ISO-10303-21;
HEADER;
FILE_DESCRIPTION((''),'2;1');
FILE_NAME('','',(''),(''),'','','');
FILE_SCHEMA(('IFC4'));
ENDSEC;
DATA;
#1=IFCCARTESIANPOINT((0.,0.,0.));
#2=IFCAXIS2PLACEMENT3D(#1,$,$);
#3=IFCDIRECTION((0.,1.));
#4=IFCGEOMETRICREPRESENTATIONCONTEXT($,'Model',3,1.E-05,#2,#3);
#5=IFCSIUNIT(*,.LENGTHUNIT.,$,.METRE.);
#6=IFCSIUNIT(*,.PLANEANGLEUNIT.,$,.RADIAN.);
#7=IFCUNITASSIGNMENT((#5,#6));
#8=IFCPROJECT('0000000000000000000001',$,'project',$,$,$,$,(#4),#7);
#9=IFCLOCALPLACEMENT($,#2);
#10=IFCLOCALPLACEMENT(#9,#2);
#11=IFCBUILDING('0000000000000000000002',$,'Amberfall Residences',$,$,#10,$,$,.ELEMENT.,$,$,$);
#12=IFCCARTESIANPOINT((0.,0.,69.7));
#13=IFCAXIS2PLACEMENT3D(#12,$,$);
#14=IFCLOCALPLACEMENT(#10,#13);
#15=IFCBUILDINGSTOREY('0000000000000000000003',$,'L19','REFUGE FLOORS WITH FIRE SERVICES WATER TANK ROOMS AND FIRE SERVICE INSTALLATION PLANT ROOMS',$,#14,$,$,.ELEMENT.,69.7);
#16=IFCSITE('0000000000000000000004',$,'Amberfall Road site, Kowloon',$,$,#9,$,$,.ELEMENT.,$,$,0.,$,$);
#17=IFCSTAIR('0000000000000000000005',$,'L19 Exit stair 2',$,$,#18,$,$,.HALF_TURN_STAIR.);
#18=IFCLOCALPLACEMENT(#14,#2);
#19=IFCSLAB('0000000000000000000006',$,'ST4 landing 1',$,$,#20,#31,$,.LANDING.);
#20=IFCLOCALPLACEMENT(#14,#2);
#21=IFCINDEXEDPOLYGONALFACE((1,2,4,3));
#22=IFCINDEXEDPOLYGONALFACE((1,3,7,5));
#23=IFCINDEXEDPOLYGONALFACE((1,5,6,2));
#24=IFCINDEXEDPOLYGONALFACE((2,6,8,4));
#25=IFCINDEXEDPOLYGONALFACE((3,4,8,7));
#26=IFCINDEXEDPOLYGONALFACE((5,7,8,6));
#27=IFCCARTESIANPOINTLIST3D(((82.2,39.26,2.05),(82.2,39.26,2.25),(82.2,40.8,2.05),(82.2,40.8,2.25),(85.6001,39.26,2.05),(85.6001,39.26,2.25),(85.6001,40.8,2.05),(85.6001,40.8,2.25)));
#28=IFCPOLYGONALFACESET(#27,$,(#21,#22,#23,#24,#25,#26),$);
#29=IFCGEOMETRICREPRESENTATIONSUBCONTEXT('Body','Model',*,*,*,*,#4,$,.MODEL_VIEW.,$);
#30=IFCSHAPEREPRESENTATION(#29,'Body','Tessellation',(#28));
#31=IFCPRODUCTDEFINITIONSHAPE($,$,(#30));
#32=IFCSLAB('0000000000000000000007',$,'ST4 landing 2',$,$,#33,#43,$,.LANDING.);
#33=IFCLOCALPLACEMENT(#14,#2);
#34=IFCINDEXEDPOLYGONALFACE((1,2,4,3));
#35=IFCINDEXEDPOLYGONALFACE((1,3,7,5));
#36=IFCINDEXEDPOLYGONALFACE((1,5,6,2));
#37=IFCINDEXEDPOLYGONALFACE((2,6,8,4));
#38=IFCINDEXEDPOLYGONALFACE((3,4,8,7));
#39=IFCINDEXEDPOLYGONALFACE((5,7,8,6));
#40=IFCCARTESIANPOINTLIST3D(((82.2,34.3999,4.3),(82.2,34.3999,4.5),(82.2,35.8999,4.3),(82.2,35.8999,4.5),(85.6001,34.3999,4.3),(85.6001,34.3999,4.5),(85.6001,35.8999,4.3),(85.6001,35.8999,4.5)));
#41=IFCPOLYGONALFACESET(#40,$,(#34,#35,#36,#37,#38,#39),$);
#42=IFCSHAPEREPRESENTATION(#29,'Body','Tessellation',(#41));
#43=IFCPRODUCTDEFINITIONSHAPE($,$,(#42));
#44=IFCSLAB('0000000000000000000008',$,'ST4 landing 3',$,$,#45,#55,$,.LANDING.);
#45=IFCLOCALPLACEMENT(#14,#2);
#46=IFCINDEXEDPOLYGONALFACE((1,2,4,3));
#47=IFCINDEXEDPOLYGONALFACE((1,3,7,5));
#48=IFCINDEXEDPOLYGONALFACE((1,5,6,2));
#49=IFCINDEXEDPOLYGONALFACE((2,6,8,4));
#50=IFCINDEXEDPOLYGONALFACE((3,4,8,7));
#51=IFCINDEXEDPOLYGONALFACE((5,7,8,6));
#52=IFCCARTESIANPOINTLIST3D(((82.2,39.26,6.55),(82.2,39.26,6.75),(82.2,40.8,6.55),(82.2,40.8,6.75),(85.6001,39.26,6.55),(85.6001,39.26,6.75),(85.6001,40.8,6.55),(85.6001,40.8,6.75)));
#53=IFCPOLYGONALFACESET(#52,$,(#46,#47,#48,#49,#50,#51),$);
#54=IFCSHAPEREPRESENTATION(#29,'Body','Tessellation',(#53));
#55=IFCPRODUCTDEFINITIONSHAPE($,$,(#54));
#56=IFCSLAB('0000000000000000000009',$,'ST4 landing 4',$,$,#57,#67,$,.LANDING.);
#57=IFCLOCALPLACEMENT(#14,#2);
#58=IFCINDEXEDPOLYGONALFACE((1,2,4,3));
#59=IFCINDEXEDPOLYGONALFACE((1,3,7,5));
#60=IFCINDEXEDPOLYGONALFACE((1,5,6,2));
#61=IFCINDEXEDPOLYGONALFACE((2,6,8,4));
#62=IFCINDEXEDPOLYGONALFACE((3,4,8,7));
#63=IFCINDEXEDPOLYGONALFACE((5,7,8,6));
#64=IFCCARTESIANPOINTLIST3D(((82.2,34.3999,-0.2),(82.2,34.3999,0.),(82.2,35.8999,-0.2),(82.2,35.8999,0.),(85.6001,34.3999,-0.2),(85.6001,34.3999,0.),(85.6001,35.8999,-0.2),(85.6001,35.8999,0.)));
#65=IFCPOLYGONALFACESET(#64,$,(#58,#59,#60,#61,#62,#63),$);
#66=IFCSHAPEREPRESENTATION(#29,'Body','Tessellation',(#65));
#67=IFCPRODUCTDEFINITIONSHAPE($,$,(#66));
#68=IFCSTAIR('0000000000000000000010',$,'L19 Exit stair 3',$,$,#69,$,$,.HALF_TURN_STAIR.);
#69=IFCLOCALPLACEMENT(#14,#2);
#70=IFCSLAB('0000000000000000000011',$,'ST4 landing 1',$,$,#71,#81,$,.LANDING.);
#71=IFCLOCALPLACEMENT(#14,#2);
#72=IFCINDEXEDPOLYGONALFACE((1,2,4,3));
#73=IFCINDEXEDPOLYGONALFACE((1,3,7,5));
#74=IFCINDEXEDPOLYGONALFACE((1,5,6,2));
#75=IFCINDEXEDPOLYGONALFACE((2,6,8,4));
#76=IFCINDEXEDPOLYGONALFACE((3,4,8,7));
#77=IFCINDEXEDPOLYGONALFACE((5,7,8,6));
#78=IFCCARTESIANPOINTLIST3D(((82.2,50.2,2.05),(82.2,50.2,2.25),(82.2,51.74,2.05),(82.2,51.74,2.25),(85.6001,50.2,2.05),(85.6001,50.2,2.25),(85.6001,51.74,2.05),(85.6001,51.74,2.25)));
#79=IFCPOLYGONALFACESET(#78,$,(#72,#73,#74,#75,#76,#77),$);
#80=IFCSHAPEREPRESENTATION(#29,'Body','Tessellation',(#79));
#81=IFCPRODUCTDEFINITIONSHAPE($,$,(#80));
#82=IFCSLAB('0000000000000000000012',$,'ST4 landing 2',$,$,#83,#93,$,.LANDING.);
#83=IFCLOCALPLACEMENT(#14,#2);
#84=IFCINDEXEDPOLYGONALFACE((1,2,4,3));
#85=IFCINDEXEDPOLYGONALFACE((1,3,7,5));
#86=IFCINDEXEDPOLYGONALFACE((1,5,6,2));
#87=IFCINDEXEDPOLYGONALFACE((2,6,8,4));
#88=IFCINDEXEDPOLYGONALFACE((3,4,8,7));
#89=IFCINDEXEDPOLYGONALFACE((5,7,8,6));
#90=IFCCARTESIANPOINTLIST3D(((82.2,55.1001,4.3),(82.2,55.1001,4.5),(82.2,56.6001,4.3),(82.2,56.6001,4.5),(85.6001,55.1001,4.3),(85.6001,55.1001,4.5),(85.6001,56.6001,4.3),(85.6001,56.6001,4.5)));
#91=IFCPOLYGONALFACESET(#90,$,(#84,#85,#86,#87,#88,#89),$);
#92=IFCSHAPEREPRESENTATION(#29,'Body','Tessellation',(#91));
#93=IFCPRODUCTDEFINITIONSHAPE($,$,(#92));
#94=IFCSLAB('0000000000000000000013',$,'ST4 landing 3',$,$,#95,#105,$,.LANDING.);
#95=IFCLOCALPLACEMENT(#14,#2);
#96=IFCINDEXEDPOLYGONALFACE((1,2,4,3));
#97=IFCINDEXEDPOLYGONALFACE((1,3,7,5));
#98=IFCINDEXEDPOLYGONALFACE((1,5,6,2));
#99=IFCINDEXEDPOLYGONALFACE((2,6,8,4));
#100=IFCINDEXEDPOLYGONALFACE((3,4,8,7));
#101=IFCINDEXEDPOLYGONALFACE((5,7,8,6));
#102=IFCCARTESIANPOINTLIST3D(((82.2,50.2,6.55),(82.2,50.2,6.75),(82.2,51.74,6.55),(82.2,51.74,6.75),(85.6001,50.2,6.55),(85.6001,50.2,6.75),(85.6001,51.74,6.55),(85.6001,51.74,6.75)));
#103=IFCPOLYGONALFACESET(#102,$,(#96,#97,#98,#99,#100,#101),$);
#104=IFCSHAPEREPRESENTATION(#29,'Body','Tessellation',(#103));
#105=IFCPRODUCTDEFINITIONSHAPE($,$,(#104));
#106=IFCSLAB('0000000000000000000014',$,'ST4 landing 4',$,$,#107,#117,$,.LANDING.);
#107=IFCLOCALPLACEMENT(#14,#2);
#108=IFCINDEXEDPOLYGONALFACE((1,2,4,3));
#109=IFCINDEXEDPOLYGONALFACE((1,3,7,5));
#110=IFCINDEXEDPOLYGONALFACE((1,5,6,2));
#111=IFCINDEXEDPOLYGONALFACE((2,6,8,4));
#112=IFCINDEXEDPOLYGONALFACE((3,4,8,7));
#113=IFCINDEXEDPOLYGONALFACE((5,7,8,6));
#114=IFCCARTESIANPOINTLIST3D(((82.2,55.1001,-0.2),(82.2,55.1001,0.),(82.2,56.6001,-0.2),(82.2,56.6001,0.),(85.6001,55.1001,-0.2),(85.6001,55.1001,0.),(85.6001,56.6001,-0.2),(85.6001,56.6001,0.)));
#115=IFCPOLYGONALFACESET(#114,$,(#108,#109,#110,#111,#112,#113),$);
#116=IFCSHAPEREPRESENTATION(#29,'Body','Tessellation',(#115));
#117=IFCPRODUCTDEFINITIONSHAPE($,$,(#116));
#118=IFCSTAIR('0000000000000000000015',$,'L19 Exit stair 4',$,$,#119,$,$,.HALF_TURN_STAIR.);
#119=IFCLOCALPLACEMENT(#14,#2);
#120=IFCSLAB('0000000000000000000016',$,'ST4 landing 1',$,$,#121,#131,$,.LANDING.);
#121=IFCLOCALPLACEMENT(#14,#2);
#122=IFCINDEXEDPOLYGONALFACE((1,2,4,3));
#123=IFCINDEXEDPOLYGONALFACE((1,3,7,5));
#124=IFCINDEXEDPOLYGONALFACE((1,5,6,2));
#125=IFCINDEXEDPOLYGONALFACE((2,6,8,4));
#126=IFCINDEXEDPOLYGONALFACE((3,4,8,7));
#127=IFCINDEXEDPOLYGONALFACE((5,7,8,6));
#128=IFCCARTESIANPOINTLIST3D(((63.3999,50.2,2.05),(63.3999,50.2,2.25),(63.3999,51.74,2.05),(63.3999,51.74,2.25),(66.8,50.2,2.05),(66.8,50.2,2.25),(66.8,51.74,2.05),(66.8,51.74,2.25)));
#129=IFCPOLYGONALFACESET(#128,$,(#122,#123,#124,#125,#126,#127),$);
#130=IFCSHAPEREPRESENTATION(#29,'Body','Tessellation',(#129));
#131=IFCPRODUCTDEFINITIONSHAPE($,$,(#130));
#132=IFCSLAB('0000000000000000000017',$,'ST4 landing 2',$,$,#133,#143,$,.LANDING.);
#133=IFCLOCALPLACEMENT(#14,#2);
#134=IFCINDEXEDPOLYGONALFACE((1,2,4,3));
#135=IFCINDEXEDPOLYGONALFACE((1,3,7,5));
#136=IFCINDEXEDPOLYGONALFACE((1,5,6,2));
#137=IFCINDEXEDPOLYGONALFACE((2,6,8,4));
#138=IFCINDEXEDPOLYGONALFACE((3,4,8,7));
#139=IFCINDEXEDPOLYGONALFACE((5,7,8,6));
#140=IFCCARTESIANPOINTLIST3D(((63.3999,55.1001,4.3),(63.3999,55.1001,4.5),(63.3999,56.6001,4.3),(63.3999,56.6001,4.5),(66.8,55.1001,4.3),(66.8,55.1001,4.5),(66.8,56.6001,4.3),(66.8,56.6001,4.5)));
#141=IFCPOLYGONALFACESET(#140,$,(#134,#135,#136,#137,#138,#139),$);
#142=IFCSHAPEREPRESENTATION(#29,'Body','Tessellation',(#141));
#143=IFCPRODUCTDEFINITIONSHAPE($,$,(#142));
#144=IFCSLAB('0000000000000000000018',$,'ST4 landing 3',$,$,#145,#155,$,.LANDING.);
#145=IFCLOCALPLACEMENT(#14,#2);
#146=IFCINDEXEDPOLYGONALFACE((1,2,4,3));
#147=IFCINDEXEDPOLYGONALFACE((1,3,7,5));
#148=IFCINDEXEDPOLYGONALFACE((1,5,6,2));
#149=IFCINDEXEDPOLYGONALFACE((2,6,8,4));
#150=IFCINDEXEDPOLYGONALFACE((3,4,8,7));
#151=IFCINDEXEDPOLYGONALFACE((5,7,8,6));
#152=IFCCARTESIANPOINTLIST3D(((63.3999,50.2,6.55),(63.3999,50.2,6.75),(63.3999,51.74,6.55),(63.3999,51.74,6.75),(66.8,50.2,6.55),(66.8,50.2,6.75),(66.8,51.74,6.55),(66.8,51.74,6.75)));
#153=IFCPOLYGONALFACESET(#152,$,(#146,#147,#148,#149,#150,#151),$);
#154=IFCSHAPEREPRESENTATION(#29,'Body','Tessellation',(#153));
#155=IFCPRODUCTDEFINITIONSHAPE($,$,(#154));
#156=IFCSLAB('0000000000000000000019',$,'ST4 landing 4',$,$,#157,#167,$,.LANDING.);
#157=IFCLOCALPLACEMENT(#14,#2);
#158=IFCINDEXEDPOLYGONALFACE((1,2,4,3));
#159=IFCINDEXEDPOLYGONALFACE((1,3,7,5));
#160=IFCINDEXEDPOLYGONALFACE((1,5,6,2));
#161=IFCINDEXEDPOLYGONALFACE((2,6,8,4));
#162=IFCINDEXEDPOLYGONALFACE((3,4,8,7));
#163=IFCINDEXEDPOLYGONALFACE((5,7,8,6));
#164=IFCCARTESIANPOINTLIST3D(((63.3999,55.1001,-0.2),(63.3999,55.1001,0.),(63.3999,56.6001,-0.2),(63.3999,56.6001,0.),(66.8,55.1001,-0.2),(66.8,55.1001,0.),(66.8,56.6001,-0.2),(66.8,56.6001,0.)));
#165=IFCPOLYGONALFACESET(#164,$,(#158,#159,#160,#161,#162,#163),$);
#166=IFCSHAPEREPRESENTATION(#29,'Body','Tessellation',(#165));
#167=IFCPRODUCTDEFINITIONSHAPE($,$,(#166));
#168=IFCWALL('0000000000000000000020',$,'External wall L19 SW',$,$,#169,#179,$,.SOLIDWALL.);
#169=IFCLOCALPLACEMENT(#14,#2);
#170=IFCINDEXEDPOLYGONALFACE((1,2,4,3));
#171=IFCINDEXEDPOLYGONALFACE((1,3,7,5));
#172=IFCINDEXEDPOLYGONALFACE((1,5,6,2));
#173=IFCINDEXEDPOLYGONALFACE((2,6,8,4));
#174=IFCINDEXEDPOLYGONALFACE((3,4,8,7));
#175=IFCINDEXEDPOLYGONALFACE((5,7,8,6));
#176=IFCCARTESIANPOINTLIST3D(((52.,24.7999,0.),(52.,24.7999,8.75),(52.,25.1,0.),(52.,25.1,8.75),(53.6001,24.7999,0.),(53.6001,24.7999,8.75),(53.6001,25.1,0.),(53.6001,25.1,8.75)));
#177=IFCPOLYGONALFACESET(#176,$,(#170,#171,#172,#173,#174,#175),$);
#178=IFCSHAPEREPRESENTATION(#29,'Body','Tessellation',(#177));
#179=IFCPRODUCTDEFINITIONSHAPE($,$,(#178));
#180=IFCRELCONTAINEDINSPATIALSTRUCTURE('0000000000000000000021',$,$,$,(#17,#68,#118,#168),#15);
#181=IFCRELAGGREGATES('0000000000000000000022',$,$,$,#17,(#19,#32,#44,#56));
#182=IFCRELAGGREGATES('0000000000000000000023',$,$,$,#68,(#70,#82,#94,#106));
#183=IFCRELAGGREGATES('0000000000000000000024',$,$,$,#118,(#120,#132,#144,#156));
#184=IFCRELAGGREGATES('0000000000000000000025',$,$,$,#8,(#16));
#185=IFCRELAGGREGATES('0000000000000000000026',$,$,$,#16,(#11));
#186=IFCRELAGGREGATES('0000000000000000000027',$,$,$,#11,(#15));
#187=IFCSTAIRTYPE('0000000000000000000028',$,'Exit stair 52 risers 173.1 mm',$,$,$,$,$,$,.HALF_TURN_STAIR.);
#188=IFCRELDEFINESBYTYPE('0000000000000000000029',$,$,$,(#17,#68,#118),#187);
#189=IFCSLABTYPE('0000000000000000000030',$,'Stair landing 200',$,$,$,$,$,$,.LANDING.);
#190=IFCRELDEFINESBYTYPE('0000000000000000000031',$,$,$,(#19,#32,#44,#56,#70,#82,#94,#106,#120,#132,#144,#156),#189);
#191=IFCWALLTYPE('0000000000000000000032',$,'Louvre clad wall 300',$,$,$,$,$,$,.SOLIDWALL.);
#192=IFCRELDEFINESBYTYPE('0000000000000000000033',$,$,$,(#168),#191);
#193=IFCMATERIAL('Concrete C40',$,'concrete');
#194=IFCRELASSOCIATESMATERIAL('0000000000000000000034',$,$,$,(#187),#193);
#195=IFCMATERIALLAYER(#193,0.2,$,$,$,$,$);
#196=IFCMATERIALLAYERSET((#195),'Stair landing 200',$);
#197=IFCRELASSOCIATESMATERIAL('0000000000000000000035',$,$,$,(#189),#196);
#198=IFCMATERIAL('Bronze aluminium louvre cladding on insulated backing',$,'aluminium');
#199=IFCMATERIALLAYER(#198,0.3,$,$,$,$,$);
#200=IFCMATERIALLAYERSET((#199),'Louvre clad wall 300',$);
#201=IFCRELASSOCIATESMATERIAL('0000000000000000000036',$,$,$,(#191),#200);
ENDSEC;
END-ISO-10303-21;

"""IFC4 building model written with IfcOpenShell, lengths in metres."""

from ifc_helpers import new_model, si_unit, direction, frame, frame_2d, origin, place, context, subcontext, project, spatial, polyline, rectangle, outline, extrude, material, layer, layer_set, type_object, element, aggregate, save


model = new_model("IFC4")

# Units and contexts
model_context = context("Model", 3, precision=1e-05, world=origin(), true_north=direction((0.0, 1.0)))
body_context = subcontext(model_context, "Body", "Model", "MODEL_VIEW")
ifc_project = project(units=[si_unit("LENGTHUNIT", "METRE"), si_unit("PLANEANGLEUNIT", "RADIAN")], contexts=[model_context])

# Site, building, storey
site_placement = place(None, origin())
site = spatial("IfcSite", under=ifc_project, at=site_placement, Name="Amberfall Road site, Kowloon", CompositionType="ELEMENT", RefElevation=0.0)
building_placement = place(site_placement, origin())
building = spatial("IfcBuilding", under=site, at=building_placement, Name="Amberfall Residences", CompositionType="ELEMENT")
storey_placement = place(building_placement, frame((0.0, 0.0, 69.7)))
storey = spatial("IfcBuildingStorey", under=building, at=storey_placement, Name="L19", Description="REFUGE FLOORS WITH FIRE SERVICES WATER TANK ROOMS AND FIRE SERVICE INSTALLATION PLANT ROOMS", CompositionType="ELEMENT", Elevation=69.7)

# Stairs, slabs
ifc_material_1 = material(Name="Concrete C40", Category="concrete")
stair_type = type_object("IfcStairType", Name="Exit stair 52 risers 173.1 mm", PredefinedType="HALF_TURN_STAIR", material=ifc_material_1)
ifc_layer_1 = layer(ifc_material_1, 0.2)
ifc_layer_set_1 = layer_set([ifc_layer_1], Name="Stair landing 200")
slab_type_1 = type_object("IfcSlabType", Name="Stair landing 200", PredefinedType="LANDING", material=ifc_layer_set_1)
stair_1_placement = place(storey_placement, origin())
stair_1 = element("IfcStair", 1, at=stair_1_placement, inside=storey, type_object=stair_type, Name="L19 Exit stair 2", PredefinedType="HALF_TURN_STAIR")
slab_1_placement = place(storey_placement, frame((0.0, 0.0, 2.05)))
slab_1 = element("IfcSlab", 2, at=slab_1_placement, type_object=slab_type_1, Name="ST4 landing 1", PredefinedType="LANDING", context=body_context, shape_type="SweptSolid", body=[
    extrude(outline(polyline([(85.6001, 39.26), (85.6001, 40.8), (82.2, 40.8), (82.2, 39.26), (85.6001, 39.26)])), origin(), (0.0, 0.0, 1.0), 0.2),
])
slab_2_placement = place(storey_placement, frame((0.0, 0.0, 4.3)))
slab_2 = element("IfcSlab", 3, at=slab_2_placement, type_object=slab_type_1, Name="ST4 landing 2", PredefinedType="LANDING", context=body_context, shape_type="SweptSolid", body=[
    extrude(outline(polyline([(85.6001, 34.3999), (85.6001, 35.8999), (82.2, 35.8999), (82.2, 34.3999), (85.6001, 34.3999)])), origin(), (0.0, 0.0, 1.0), 0.2),
])
slab_3_placement = place(storey_placement, frame((0.0, 0.0, 6.55)))
slab_3 = element("IfcSlab", 4, at=slab_3_placement, type_object=slab_type_1, Name="ST4 landing 3", PredefinedType="LANDING", context=body_context, shape_type="SweptSolid", body=[
    extrude(outline(polyline([(85.6001, 39.26), (85.6001, 40.8), (82.2, 40.8), (82.2, 39.26), (85.6001, 39.26)])), origin(), (0.0, 0.0, 1.0), 0.2),
])
slab_4_placement = place(storey_placement, frame((0.0, 0.0, -0.2)))
slab_4 = element("IfcSlab", 5, at=slab_4_placement, type_object=slab_type_1, Name="ST4 landing 4", PredefinedType="LANDING", context=body_context, shape_type="SweptSolid", body=[
    extrude(outline(polyline([(85.6001, 34.3999), (85.6001, 35.8999), (82.2, 35.8999), (82.2, 34.3999), (85.6001, 34.3999)])), origin(), (0.0, 0.0, 1.0), 0.2),
])
aggregate(stair_1, [slab_1, slab_2, slab_3, slab_4])
stair_2_placement = place(storey_placement, origin())
stair_2 = element("IfcStair", 6, at=stair_2_placement, inside=storey, type_object=stair_type, Name="L19 Exit stair 3", PredefinedType="HALF_TURN_STAIR")
slab_5_placement = place(storey_placement, frame((0.0, 0.0, 2.05)))
slab_5 = element("IfcSlab", 7, at=slab_5_placement, type_object=slab_type_1, Name="ST4 landing 1", PredefinedType="LANDING", context=body_context, shape_type="SweptSolid", body=[
    extrude(outline(polyline([(82.2, 51.74), (82.2, 50.2), (85.6001, 50.2), (85.6001, 51.74), (82.2, 51.74)])), origin(), (0.0, 0.0, 1.0), 0.2),
])
slab_6_placement = place(storey_placement, frame((0.0, 0.0, 4.3)))
slab_6 = element("IfcSlab", 8, at=slab_6_placement, type_object=slab_type_1, Name="ST4 landing 2", PredefinedType="LANDING", context=body_context, shape_type="SweptSolid", body=[
    extrude(outline(polyline([(82.2, 56.6001), (82.2, 55.1001), (85.6001, 55.1001), (85.6001, 56.6001), (82.2, 56.6001)])), origin(), (0.0, 0.0, 1.0), 0.2),
])
slab_7_placement = place(storey_placement, frame((0.0, 0.0, 6.55)))
slab_7 = element("IfcSlab", 9, at=slab_7_placement, type_object=slab_type_1, Name="ST4 landing 3", PredefinedType="LANDING", context=body_context, shape_type="SweptSolid", body=[
    extrude(outline(polyline([(82.2, 51.74), (82.2, 50.2), (85.6001, 50.2), (85.6001, 51.74), (82.2, 51.74)])), origin(), (0.0, 0.0, 1.0), 0.2),
])
slab_8_placement = place(storey_placement, frame((0.0, 0.0, -0.2)))
slab_8 = element("IfcSlab", 10, at=slab_8_placement, type_object=slab_type_1, Name="ST4 landing 4", PredefinedType="LANDING", context=body_context, shape_type="SweptSolid", body=[
    extrude(outline(polyline([(82.2, 56.6001), (82.2, 55.1001), (85.6001, 55.1001), (85.6001, 56.6001), (82.2, 56.6001)])), origin(), (0.0, 0.0, 1.0), 0.2),
])
aggregate(stair_2, [slab_5, slab_6, slab_7, slab_8])
stair_3_placement = place(storey_placement, origin())
stair_3 = element("IfcStair", 11, at=stair_3_placement, inside=storey, type_object=stair_type, Name="L19 Exit stair 4", PredefinedType="HALF_TURN_STAIR")
slab_9_placement = place(storey_placement, frame((0.0, 0.0, 2.05)))
slab_9 = element("IfcSlab", 12, at=slab_9_placement, type_object=slab_type_1, Name="ST4 landing 1", PredefinedType="LANDING", context=body_context, shape_type="SweptSolid", body=[
    extrude(outline(polyline([(63.3999, 51.74), (63.3999, 50.2), (66.8, 50.2), (66.8, 51.74), (63.3999, 51.74)])), origin(), (0.0, 0.0, 1.0), 0.2),
])
slab_10_placement = place(storey_placement, frame((0.0, 0.0, 4.3)))
slab_10 = element("IfcSlab", 13, at=slab_10_placement, type_object=slab_type_1, Name="ST4 landing 2", PredefinedType="LANDING", context=body_context, shape_type="SweptSolid", body=[
    extrude(outline(polyline([(63.3999, 56.6001), (63.3999, 55.1001), (66.8, 55.1001), (66.8, 56.6001), (63.3999, 56.6001)])), origin(), (0.0, 0.0, 1.0), 0.2),
])
slab_11_placement = place(storey_placement, frame((0.0, 0.0, 6.55)))
slab_11 = element("IfcSlab", 14, at=slab_11_placement, type_object=slab_type_1, Name="ST4 landing 3", PredefinedType="LANDING", context=body_context, shape_type="SweptSolid", body=[
    extrude(outline(polyline([(63.3999, 51.74), (63.3999, 50.2), (66.8, 50.2), (66.8, 51.74), (63.3999, 51.74)])), origin(), (0.0, 0.0, 1.0), 0.2),
])
slab_12_placement = place(storey_placement, frame((0.0, 0.0, -0.2)))
slab_12 = element("IfcSlab", 15, at=slab_12_placement, type_object=slab_type_1, Name="ST4 landing 4", PredefinedType="LANDING", context=body_context, shape_type="SweptSolid", body=[
    extrude(outline(polyline([(63.3999, 56.6001), (63.3999, 55.1001), (66.8, 55.1001), (66.8, 56.6001), (63.3999, 56.6001)])), origin(), (0.0, 0.0, 1.0), 0.2),
])
aggregate(stair_3, [slab_9, slab_10, slab_11, slab_12])

# Wall
ifc_material_2 = material(Name="Bronze aluminium louvre cladding on insulated backing", Category="aluminium")
ifc_layer_2 = layer(ifc_material_2, 0.3)
ifc_layer_set_2 = layer_set([ifc_layer_2], Name="Louvre clad wall 300")
wall_type = type_object("IfcWallType", Name="Louvre clad wall 300", PredefinedType="SOLIDWALL", material=ifc_layer_set_2)
wall_placement = place(storey_placement, frame((52.0, 24.95, 0.0), z_axis=(0.0, 0.0, 1.0), x_axis=(1.0, 0.0, 0.0)))
element("IfcWall", 16, at=wall_placement, inside=storey, type_object=wall_type, Name="External wall L19 SW", PredefinedType="SOLIDWALL", context=body_context, shape_type="SweptSolid", body=[
    extrude(rectangle(XDim=1.6001, YDim=0.3, at=frame_2d((0.8, 0.0))), origin(), (0.0, 0.0, 1.0), 8.75),
])

save(model, "model.ifc")
